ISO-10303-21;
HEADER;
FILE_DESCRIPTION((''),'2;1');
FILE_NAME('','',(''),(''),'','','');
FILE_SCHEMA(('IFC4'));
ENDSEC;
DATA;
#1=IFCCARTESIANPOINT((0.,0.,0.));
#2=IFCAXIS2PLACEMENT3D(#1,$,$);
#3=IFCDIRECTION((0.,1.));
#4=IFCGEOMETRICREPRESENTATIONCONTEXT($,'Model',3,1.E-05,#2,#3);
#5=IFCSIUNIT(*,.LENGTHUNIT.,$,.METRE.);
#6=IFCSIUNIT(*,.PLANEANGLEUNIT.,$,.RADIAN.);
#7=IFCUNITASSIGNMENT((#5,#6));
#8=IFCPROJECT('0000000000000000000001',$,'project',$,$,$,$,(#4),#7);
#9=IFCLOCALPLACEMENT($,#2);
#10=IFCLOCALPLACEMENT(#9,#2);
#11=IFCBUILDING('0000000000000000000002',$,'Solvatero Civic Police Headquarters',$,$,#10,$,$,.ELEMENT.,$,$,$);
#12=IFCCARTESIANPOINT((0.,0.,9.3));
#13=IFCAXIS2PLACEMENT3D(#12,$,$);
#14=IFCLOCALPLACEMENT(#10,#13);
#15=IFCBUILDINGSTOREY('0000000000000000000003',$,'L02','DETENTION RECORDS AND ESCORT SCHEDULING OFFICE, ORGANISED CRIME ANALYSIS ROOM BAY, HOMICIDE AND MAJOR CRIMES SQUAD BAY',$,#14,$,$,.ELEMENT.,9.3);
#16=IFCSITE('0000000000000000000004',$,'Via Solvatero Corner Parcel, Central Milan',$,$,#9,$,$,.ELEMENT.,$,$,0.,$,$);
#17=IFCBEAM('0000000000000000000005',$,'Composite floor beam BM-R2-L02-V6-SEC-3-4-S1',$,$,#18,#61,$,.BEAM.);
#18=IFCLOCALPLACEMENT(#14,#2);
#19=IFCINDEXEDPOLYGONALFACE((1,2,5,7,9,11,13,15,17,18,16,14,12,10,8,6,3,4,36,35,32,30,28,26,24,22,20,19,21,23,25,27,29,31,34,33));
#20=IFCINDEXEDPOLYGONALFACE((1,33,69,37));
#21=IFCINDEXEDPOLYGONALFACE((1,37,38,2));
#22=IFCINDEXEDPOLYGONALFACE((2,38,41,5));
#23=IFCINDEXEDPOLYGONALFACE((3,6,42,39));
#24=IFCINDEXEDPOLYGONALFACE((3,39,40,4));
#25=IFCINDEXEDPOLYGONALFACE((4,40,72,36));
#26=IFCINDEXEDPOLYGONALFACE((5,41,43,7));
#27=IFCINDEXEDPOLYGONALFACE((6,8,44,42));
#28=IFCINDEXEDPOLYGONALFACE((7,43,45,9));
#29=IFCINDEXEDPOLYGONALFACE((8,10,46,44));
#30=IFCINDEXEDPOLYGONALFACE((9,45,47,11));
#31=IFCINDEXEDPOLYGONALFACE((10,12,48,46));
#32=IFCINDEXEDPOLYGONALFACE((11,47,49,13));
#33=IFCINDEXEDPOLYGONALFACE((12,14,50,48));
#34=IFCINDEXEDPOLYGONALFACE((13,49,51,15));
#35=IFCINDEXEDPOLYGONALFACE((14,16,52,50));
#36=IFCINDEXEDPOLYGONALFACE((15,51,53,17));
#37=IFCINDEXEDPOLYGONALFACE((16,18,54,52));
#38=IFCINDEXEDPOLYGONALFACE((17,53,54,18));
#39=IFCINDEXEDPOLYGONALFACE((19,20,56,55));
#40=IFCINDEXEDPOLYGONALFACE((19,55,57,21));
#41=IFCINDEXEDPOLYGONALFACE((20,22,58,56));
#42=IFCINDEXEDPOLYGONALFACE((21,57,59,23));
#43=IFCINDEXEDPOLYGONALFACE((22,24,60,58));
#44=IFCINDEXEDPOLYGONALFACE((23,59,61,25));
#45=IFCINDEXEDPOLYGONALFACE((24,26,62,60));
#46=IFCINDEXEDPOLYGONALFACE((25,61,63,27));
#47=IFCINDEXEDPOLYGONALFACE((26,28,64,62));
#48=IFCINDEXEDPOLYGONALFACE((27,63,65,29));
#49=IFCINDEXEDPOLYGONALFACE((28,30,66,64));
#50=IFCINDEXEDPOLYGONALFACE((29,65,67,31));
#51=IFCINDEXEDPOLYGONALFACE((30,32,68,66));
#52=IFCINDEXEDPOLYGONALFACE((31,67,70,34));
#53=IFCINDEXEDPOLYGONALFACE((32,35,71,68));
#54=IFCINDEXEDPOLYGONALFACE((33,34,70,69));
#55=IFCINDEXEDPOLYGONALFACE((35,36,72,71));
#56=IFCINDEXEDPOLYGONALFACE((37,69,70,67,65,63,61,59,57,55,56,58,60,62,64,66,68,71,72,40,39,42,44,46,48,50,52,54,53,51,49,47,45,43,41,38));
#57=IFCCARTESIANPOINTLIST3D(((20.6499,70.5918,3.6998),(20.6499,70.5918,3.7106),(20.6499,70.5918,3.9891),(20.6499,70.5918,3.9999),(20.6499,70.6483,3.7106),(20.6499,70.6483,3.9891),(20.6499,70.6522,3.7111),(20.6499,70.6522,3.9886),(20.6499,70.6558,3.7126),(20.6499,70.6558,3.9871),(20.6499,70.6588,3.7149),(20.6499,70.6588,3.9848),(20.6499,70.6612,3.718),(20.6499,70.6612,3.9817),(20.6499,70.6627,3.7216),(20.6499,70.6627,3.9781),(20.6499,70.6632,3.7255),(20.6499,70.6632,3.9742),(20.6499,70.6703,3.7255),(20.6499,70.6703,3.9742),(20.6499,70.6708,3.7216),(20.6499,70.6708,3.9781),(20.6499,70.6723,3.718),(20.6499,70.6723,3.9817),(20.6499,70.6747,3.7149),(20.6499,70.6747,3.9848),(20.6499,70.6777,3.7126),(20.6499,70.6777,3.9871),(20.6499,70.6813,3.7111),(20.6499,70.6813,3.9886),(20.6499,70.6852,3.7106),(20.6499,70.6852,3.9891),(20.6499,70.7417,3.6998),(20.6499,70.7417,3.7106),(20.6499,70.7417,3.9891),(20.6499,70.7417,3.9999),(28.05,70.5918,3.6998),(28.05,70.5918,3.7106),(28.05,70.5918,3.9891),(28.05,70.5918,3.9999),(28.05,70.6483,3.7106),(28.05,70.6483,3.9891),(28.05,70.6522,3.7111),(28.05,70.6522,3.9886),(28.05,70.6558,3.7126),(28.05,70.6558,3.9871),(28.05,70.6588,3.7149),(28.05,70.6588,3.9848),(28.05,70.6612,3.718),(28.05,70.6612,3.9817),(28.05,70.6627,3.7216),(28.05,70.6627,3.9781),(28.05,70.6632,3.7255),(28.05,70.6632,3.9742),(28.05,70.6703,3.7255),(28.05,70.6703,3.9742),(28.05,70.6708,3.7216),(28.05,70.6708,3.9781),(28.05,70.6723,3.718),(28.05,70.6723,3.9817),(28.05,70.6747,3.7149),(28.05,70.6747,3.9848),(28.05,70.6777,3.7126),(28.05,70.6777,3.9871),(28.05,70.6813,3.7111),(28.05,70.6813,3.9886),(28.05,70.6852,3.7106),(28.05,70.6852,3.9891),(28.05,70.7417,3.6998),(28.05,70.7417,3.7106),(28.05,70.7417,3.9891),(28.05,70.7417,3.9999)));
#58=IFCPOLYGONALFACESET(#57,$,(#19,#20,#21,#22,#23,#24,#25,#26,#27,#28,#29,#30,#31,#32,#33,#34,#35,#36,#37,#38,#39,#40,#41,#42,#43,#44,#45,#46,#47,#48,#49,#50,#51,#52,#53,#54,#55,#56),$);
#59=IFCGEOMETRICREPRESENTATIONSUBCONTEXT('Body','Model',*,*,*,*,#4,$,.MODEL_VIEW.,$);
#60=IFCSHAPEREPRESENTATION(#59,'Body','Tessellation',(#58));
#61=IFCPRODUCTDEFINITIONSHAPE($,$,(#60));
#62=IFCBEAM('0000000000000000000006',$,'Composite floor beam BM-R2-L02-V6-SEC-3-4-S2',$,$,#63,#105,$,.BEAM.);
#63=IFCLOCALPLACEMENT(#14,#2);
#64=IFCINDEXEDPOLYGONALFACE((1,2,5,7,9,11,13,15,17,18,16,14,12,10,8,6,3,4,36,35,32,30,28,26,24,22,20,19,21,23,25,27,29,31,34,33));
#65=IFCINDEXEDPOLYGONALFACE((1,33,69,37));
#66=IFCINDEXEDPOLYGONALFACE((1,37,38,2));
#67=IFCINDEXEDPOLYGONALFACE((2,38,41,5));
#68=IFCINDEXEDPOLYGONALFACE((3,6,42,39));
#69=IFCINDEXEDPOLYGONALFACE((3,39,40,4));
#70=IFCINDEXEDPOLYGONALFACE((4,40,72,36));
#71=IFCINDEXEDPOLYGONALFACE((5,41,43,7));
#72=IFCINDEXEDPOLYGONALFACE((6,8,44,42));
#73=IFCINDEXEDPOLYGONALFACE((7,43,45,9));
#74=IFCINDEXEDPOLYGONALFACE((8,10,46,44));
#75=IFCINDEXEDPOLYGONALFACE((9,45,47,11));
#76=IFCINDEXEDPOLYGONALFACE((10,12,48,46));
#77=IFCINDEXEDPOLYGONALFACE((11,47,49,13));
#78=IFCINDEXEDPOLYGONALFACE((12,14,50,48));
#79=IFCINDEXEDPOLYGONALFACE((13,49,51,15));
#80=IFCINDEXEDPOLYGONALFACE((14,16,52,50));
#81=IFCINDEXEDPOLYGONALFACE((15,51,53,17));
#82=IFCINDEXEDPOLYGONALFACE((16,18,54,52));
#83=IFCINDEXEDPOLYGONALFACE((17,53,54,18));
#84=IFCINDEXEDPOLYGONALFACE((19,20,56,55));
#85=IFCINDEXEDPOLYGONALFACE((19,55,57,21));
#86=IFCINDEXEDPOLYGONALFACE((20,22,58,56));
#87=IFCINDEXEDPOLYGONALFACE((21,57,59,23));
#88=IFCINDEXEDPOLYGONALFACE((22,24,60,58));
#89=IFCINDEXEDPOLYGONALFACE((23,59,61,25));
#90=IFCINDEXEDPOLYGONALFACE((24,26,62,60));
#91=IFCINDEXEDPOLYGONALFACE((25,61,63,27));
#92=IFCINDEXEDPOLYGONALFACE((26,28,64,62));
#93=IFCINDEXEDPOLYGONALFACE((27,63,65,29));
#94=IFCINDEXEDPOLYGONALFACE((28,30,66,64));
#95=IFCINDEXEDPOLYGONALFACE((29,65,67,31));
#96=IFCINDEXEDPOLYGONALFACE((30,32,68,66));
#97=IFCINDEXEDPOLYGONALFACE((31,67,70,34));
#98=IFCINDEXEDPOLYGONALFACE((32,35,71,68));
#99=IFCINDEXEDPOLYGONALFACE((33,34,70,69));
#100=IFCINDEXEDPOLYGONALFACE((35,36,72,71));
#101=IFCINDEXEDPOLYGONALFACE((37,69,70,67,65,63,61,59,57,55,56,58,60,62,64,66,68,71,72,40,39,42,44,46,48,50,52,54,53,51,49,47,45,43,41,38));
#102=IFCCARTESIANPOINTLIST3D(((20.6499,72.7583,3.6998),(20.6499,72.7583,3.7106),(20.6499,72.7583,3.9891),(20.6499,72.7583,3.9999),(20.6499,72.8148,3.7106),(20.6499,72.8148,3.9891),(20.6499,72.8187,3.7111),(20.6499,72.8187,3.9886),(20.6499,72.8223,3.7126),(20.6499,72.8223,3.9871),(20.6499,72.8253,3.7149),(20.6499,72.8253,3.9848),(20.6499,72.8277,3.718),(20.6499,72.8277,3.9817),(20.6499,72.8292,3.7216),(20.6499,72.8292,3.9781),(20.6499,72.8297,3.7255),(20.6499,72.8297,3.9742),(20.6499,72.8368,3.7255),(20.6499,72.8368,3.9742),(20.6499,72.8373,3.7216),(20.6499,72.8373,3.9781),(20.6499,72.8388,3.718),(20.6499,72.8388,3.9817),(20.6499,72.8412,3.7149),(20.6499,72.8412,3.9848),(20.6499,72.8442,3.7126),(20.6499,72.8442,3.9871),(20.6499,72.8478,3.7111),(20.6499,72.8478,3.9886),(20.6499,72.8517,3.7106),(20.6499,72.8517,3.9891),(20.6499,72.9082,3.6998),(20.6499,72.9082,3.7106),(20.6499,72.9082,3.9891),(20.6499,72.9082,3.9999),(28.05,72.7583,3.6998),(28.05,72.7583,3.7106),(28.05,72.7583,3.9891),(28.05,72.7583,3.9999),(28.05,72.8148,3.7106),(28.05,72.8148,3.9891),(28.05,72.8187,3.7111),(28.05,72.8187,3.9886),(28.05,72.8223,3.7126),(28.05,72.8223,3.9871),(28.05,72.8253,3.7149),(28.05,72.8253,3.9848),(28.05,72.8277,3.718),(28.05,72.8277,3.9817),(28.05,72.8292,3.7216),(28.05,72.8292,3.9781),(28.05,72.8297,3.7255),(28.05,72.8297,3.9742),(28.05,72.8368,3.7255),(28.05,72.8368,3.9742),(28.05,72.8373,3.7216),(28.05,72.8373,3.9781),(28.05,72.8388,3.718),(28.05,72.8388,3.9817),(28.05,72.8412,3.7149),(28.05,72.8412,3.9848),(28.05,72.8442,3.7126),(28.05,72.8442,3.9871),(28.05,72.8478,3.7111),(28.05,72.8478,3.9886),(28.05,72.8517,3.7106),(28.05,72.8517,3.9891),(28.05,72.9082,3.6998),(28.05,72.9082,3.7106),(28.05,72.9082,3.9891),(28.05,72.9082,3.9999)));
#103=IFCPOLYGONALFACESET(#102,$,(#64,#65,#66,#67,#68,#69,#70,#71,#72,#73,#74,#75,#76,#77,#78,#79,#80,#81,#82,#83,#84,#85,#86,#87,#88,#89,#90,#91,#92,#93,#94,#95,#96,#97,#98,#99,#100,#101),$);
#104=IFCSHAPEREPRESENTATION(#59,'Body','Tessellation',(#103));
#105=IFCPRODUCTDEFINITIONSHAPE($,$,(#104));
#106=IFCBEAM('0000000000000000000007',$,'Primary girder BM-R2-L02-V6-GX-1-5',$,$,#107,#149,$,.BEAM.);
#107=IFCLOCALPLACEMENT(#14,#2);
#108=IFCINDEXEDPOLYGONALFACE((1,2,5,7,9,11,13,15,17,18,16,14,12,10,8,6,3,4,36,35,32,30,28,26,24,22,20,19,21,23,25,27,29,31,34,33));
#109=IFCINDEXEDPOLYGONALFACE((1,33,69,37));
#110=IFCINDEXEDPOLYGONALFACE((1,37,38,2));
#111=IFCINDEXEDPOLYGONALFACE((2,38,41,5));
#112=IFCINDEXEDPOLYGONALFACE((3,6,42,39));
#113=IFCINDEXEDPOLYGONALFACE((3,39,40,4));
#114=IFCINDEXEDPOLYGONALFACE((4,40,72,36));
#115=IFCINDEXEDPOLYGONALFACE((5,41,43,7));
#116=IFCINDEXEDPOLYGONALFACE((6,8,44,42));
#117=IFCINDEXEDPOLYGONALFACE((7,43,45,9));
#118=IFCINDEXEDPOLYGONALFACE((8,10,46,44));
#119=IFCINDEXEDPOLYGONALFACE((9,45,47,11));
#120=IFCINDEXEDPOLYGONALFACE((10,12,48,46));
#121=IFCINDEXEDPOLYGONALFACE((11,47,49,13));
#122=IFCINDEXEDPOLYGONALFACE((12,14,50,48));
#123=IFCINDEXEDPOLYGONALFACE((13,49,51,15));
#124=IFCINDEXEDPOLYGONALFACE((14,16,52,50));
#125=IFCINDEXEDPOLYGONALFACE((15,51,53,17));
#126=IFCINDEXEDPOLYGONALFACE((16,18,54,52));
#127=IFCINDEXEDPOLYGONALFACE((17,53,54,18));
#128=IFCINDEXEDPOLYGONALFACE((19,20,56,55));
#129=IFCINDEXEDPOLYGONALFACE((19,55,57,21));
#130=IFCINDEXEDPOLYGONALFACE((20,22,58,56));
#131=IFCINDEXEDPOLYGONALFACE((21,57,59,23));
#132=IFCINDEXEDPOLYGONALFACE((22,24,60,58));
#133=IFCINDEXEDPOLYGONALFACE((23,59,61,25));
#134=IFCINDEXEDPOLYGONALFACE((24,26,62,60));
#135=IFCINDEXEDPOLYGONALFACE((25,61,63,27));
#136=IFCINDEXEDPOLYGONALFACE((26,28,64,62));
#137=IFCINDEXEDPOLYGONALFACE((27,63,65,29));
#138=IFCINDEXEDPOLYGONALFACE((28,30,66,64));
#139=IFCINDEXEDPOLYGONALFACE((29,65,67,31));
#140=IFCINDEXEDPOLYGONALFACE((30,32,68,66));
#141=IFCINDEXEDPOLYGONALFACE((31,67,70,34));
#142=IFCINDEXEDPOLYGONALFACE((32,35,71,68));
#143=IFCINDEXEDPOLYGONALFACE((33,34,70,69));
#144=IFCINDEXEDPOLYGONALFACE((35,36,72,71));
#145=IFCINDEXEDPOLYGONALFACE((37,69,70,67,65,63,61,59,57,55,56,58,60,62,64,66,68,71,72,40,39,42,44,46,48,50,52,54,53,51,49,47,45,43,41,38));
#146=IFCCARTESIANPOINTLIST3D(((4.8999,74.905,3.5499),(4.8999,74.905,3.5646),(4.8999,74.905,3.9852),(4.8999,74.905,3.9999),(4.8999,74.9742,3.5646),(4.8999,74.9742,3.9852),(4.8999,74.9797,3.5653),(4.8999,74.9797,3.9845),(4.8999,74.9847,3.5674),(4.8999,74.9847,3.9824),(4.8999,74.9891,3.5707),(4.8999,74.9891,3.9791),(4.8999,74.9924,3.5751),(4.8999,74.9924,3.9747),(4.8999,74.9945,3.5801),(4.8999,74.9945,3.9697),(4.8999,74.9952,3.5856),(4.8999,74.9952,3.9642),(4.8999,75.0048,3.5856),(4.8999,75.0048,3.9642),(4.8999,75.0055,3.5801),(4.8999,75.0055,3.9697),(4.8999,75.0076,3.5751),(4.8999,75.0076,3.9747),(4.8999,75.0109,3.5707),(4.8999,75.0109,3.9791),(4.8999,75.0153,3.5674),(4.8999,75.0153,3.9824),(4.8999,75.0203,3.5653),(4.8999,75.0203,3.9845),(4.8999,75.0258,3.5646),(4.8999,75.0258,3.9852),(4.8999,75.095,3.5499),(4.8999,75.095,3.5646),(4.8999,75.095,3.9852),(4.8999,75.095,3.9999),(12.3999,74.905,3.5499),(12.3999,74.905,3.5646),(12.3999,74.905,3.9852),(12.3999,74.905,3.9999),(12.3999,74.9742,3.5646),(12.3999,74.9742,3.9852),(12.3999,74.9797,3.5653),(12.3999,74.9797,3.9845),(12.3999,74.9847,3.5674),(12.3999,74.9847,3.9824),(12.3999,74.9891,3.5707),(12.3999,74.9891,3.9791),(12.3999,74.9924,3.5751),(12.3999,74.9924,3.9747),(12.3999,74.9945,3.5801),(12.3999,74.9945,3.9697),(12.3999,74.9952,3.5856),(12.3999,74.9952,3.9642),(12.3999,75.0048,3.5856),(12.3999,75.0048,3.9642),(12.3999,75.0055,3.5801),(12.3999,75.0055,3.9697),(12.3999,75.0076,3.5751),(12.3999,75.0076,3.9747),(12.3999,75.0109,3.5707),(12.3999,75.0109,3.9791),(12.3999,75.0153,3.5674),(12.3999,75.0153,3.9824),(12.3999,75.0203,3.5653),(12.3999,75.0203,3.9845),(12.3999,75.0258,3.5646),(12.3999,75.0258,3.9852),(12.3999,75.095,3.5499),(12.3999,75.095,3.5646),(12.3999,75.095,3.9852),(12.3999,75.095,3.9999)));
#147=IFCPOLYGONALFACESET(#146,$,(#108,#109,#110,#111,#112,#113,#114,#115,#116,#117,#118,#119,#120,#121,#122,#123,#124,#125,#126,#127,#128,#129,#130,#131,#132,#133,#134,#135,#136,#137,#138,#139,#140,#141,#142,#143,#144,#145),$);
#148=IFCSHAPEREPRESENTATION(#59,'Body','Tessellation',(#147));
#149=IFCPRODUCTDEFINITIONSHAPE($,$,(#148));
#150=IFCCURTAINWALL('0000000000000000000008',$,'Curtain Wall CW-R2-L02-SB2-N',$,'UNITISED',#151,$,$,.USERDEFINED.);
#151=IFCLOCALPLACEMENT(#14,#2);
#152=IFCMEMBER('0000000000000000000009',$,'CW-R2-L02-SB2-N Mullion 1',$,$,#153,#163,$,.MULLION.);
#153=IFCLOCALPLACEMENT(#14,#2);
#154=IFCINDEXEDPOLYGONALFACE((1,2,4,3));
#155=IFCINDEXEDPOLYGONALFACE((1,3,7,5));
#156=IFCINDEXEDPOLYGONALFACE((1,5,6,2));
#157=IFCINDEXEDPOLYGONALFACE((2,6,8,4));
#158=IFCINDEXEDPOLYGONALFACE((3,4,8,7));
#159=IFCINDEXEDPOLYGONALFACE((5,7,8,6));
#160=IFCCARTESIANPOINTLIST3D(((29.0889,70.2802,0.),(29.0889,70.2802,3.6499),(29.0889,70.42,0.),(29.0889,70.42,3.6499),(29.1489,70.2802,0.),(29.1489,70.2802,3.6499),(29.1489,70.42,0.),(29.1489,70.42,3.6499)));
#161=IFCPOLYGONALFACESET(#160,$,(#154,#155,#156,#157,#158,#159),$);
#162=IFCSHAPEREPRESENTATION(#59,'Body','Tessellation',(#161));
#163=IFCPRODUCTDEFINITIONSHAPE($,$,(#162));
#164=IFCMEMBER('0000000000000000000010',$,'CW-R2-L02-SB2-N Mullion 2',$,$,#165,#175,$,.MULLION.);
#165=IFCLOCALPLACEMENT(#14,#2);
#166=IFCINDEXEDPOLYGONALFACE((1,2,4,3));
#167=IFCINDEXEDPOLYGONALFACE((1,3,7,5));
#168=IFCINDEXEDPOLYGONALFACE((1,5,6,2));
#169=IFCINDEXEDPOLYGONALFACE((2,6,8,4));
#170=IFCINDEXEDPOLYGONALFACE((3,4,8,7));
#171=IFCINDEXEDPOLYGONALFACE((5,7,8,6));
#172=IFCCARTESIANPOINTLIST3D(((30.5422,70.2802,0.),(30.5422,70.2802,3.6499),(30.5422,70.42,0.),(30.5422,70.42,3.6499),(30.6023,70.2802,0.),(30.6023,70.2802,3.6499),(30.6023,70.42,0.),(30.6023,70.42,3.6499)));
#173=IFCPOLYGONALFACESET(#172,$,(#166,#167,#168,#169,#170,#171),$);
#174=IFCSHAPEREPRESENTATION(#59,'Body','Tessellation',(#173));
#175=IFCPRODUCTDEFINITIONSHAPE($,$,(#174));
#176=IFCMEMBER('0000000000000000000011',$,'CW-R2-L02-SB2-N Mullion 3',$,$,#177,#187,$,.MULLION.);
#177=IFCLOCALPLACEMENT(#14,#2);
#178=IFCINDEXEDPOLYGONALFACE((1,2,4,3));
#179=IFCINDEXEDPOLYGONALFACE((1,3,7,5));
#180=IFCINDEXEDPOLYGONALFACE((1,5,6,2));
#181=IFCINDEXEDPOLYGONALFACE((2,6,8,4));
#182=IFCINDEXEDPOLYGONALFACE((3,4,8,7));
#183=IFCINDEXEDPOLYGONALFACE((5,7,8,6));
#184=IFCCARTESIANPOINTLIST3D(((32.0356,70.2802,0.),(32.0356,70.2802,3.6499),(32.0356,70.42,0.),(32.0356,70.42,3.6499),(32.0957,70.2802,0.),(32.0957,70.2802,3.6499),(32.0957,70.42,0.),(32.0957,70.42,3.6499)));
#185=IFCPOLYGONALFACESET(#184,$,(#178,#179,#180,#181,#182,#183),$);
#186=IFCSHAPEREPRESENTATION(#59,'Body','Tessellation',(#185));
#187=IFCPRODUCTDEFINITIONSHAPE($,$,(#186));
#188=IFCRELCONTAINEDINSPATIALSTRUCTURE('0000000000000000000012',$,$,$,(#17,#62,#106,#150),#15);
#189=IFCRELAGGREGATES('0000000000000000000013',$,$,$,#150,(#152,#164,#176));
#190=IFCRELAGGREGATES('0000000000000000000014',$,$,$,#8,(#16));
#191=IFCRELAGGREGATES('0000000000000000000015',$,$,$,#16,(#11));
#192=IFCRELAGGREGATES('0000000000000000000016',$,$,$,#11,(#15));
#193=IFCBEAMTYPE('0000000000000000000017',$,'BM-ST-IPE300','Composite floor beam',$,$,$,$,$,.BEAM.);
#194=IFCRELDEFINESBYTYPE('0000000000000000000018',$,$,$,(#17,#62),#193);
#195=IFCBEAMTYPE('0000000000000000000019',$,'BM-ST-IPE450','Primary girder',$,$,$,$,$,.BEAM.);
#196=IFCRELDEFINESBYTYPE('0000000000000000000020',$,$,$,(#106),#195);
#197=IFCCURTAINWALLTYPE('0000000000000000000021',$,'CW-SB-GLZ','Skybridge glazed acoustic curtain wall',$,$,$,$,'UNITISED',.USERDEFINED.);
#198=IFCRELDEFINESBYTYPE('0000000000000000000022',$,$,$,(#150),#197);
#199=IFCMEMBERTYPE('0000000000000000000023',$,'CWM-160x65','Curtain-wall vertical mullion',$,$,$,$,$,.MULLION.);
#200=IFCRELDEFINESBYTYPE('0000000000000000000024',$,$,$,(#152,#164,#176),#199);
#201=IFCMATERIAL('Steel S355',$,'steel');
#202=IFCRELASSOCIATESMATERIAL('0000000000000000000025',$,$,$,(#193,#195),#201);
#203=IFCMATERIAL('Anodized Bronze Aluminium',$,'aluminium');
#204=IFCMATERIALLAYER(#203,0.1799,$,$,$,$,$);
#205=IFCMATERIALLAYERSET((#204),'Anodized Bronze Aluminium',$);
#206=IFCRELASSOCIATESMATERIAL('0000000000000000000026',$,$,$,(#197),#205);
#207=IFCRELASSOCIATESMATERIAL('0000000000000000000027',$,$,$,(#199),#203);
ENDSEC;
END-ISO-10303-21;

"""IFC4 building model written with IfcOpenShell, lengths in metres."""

from ifc_helpers import new_model, si_unit, direction, frame, origin, origin_2d, place, context, subcontext, project, spatial, rectangle, i_section, extrude, material, layer, layer_set, material_profile, profile_set, type_object, element, aggregate, save


model = new_model("IFC4")

# Units and contexts
model_context = context("Model", 3, precision=1e-05, world=origin(), true_north=direction((0.0, 1.0)))
body_context = subcontext(model_context, "Body", "Model", "MODEL_VIEW")
ifc_project = project(units=[si_unit("LENGTHUNIT", "METRE"), si_unit("PLANEANGLEUNIT", "RADIAN")], contexts=[model_context])

# Site, building, storey
site_placement = place(None, origin())
site = spatial("IfcSite", under=ifc_project, at=site_placement, Name="Via Solvatero Corner Parcel, Central Milan", CompositionType="ELEMENT", RefElevation=0.0)
building_placement = place(site_placement, origin())
building = spatial("IfcBuilding", under=site, at=building_placement, Name="Solvatero Civic Police Headquarters", CompositionType="ELEMENT")
storey_placement = place(building_placement, frame((0.0, 0.0, 9.3)))
storey = spatial("IfcBuildingStorey", under=building, at=storey_placement, Name="L02", Description="DETENTION RECORDS AND ESCORT SCHEDULING OFFICE, ORGANISED CRIME ANALYSIS ROOM BAY, HOMICIDE AND MAJOR CRIMES SQUAD BAY", CompositionType="ELEMENT", Elevation=9.3)

# Shared definitions
ifc_material_1 = material(Name="Steel S355", Category="steel")

# Beams
ifc_material_profile_1 = material_profile(ifc_material_1, i_section(OverallWidth=0.1499, OverallDepth=0.3, WebThickness=0.0071, FlangeThickness=0.0107, FilletRadius=0.0149, at=origin_2d()), Name="IPE 300")
ifc_profile_set_1 = profile_set([ifc_material_profile_1], Name="Steel S355")
beam_type_1 = type_object("IfcBeamType", Name="BM-ST-IPE300", Description="Composite floor beam", PredefinedType="BEAM", material=ifc_profile_set_1)
for number, where, z_axis, x_axis, name in (
    (1, (20.6499, 70.6667, 3.8499), (1.0, 0.0, 0.0), (0.0, 1.0, 0.0), "Composite floor beam BM-R2-L02-V6-SEC-3-4-S1"),
    (2, (20.6499, 72.8333, 3.8499), (1.0, 0.0, 0.0), (0.0, 1.0, 0.0), "Composite floor beam BM-R2-L02-V6-SEC-3-4-S2"),
):
    element("IfcBeam", number, at=place(storey_placement, frame(where, z_axis=z_axis, x_axis=x_axis)), inside=storey, type_object=beam_type_1, Name=name, PredefinedType="BEAM", context=body_context, shape_type="SweptSolid", body=[
        extrude(i_section(OverallWidth=0.1499, OverallDepth=0.3, WebThickness=0.0071, FlangeThickness=0.0107, FilletRadius=0.0149, at=origin_2d()), origin(), (0.0, 0.0, 1.0), 7.4001),
    ])
ifc_material_profile_2 = material_profile(ifc_material_1, i_section(OverallWidth=0.1899, OverallDepth=0.45, WebThickness=0.0095, FlangeThickness=0.0146, FilletRadius=0.021, at=origin_2d()), Name="IPE 450")
ifc_profile_set_2 = profile_set([ifc_material_profile_2], Name="Steel S355")
beam_type_2 = type_object("IfcBeamType", Name="BM-ST-IPE450", Description="Primary girder", PredefinedType="BEAM", material=ifc_profile_set_2)
beam_1_placement = place(storey_placement, frame((4.8999, 75.0, 3.7749), z_axis=(1.0, 0.0, 0.0), x_axis=(0.0, 1.0, 0.0)))
element("IfcBeam", 3, at=beam_1_placement, inside=storey, type_object=beam_type_2, Name="Primary girder BM-R2-L02-V6-GX-1-5", PredefinedType="BEAM", context=body_context, shape_type="SweptSolid", body=[
    extrude(i_section(OverallWidth=0.1899, OverallDepth=0.45, WebThickness=0.0095, FlangeThickness=0.0146, FilletRadius=0.021, at=origin_2d()), origin(), (0.0, 0.0, 1.0), 7.5),
])

# Curtain wall, members
ifc_material_2 = material(Name="Anodized Bronze Aluminium", Category="aluminium")
ifc_layer_1 = layer(ifc_material_2, 0.1799)
ifc_layer_set_1 = layer_set([ifc_layer_1], Name="Anodized Bronze Aluminium")
curtain_wall_type = type_object("IfcCurtainWallType", Name="CW-SB-GLZ", Description="Skybridge glazed acoustic curtain wall", ElementType="UNITISED", PredefinedType="USERDEFINED", material=ifc_layer_set_1)
curtain_wall_placement = place(storey_placement, origin())
curtain_wall = element("IfcCurtainWall", 4, at=curtain_wall_placement, inside=storey, type_object=curtain_wall_type, Name="Curtain Wall CW-R2-L02-SB2-N", ObjectType="UNITISED", PredefinedType="USERDEFINED")
ifc_material_profile_3 = material_profile(ifc_material_2, rectangle(XDim=0.0601, YDim=0.1399, at=origin_2d()), Name="ALU MULLION 60x140")
ifc_profile_set_3 = profile_set([ifc_material_profile_3], Name="Anodized Bronze Aluminium")
member_type_1 = type_object("IfcMemberType", Name="CWM-160x65", Description="Curtain-wall vertical mullion", PredefinedType="MULLION", material=ifc_profile_set_3)
member_1_placement = place(storey_placement, frame((29.1189, 70.3501, 0.0), z_axis=(0.0, 0.0, 1.0), x_axis=(1.0, 0.0, 0.0)))
member_1 = element("IfcMember", 5, at=member_1_placement, type_object=member_type_1, Name="CW-R2-L02-SB2-N Mullion 1", PredefinedType="MULLION", context=body_context, shape_type="SweptSolid", body=[
    extrude(rectangle(XDim=0.0601, YDim=0.1399, at=origin_2d()), origin(), (0.0, 0.0, 1.0), 3.6499),
])
member_2_placement = place(storey_placement, frame((30.5723, 70.3501, 0.0), z_axis=(0.0, 0.0, 1.0), x_axis=(1.0, 0.0, 0.0)))
member_2 = element("IfcMember", 6, at=member_2_placement, type_object=member_type_1, Name="CW-R2-L02-SB2-N Mullion 2", PredefinedType="MULLION", context=body_context, shape_type="SweptSolid", body=[
    extrude(rectangle(XDim=0.0601, YDim=0.1399, at=origin_2d()), origin(), (0.0, 0.0, 1.0), 3.6499),
])
member_3_placement = place(storey_placement, frame((32.0657, 70.3501, 0.0), z_axis=(0.0, 0.0, 1.0), x_axis=(1.0, 0.0, 0.0)))
member_3 = element("IfcMember", 7, at=member_3_placement, type_object=member_type_1, Name="CW-R2-L02-SB2-N Mullion 3", PredefinedType="MULLION", context=body_context, shape_type="SweptSolid", body=[
    extrude(rectangle(XDim=0.0601, YDim=0.1399, at=origin_2d()), origin(), (0.0, 0.0, 1.0), 3.6499),
])
aggregate(curtain_wall, [member_1, member_2, member_3])

save(model, "model.ifc")
